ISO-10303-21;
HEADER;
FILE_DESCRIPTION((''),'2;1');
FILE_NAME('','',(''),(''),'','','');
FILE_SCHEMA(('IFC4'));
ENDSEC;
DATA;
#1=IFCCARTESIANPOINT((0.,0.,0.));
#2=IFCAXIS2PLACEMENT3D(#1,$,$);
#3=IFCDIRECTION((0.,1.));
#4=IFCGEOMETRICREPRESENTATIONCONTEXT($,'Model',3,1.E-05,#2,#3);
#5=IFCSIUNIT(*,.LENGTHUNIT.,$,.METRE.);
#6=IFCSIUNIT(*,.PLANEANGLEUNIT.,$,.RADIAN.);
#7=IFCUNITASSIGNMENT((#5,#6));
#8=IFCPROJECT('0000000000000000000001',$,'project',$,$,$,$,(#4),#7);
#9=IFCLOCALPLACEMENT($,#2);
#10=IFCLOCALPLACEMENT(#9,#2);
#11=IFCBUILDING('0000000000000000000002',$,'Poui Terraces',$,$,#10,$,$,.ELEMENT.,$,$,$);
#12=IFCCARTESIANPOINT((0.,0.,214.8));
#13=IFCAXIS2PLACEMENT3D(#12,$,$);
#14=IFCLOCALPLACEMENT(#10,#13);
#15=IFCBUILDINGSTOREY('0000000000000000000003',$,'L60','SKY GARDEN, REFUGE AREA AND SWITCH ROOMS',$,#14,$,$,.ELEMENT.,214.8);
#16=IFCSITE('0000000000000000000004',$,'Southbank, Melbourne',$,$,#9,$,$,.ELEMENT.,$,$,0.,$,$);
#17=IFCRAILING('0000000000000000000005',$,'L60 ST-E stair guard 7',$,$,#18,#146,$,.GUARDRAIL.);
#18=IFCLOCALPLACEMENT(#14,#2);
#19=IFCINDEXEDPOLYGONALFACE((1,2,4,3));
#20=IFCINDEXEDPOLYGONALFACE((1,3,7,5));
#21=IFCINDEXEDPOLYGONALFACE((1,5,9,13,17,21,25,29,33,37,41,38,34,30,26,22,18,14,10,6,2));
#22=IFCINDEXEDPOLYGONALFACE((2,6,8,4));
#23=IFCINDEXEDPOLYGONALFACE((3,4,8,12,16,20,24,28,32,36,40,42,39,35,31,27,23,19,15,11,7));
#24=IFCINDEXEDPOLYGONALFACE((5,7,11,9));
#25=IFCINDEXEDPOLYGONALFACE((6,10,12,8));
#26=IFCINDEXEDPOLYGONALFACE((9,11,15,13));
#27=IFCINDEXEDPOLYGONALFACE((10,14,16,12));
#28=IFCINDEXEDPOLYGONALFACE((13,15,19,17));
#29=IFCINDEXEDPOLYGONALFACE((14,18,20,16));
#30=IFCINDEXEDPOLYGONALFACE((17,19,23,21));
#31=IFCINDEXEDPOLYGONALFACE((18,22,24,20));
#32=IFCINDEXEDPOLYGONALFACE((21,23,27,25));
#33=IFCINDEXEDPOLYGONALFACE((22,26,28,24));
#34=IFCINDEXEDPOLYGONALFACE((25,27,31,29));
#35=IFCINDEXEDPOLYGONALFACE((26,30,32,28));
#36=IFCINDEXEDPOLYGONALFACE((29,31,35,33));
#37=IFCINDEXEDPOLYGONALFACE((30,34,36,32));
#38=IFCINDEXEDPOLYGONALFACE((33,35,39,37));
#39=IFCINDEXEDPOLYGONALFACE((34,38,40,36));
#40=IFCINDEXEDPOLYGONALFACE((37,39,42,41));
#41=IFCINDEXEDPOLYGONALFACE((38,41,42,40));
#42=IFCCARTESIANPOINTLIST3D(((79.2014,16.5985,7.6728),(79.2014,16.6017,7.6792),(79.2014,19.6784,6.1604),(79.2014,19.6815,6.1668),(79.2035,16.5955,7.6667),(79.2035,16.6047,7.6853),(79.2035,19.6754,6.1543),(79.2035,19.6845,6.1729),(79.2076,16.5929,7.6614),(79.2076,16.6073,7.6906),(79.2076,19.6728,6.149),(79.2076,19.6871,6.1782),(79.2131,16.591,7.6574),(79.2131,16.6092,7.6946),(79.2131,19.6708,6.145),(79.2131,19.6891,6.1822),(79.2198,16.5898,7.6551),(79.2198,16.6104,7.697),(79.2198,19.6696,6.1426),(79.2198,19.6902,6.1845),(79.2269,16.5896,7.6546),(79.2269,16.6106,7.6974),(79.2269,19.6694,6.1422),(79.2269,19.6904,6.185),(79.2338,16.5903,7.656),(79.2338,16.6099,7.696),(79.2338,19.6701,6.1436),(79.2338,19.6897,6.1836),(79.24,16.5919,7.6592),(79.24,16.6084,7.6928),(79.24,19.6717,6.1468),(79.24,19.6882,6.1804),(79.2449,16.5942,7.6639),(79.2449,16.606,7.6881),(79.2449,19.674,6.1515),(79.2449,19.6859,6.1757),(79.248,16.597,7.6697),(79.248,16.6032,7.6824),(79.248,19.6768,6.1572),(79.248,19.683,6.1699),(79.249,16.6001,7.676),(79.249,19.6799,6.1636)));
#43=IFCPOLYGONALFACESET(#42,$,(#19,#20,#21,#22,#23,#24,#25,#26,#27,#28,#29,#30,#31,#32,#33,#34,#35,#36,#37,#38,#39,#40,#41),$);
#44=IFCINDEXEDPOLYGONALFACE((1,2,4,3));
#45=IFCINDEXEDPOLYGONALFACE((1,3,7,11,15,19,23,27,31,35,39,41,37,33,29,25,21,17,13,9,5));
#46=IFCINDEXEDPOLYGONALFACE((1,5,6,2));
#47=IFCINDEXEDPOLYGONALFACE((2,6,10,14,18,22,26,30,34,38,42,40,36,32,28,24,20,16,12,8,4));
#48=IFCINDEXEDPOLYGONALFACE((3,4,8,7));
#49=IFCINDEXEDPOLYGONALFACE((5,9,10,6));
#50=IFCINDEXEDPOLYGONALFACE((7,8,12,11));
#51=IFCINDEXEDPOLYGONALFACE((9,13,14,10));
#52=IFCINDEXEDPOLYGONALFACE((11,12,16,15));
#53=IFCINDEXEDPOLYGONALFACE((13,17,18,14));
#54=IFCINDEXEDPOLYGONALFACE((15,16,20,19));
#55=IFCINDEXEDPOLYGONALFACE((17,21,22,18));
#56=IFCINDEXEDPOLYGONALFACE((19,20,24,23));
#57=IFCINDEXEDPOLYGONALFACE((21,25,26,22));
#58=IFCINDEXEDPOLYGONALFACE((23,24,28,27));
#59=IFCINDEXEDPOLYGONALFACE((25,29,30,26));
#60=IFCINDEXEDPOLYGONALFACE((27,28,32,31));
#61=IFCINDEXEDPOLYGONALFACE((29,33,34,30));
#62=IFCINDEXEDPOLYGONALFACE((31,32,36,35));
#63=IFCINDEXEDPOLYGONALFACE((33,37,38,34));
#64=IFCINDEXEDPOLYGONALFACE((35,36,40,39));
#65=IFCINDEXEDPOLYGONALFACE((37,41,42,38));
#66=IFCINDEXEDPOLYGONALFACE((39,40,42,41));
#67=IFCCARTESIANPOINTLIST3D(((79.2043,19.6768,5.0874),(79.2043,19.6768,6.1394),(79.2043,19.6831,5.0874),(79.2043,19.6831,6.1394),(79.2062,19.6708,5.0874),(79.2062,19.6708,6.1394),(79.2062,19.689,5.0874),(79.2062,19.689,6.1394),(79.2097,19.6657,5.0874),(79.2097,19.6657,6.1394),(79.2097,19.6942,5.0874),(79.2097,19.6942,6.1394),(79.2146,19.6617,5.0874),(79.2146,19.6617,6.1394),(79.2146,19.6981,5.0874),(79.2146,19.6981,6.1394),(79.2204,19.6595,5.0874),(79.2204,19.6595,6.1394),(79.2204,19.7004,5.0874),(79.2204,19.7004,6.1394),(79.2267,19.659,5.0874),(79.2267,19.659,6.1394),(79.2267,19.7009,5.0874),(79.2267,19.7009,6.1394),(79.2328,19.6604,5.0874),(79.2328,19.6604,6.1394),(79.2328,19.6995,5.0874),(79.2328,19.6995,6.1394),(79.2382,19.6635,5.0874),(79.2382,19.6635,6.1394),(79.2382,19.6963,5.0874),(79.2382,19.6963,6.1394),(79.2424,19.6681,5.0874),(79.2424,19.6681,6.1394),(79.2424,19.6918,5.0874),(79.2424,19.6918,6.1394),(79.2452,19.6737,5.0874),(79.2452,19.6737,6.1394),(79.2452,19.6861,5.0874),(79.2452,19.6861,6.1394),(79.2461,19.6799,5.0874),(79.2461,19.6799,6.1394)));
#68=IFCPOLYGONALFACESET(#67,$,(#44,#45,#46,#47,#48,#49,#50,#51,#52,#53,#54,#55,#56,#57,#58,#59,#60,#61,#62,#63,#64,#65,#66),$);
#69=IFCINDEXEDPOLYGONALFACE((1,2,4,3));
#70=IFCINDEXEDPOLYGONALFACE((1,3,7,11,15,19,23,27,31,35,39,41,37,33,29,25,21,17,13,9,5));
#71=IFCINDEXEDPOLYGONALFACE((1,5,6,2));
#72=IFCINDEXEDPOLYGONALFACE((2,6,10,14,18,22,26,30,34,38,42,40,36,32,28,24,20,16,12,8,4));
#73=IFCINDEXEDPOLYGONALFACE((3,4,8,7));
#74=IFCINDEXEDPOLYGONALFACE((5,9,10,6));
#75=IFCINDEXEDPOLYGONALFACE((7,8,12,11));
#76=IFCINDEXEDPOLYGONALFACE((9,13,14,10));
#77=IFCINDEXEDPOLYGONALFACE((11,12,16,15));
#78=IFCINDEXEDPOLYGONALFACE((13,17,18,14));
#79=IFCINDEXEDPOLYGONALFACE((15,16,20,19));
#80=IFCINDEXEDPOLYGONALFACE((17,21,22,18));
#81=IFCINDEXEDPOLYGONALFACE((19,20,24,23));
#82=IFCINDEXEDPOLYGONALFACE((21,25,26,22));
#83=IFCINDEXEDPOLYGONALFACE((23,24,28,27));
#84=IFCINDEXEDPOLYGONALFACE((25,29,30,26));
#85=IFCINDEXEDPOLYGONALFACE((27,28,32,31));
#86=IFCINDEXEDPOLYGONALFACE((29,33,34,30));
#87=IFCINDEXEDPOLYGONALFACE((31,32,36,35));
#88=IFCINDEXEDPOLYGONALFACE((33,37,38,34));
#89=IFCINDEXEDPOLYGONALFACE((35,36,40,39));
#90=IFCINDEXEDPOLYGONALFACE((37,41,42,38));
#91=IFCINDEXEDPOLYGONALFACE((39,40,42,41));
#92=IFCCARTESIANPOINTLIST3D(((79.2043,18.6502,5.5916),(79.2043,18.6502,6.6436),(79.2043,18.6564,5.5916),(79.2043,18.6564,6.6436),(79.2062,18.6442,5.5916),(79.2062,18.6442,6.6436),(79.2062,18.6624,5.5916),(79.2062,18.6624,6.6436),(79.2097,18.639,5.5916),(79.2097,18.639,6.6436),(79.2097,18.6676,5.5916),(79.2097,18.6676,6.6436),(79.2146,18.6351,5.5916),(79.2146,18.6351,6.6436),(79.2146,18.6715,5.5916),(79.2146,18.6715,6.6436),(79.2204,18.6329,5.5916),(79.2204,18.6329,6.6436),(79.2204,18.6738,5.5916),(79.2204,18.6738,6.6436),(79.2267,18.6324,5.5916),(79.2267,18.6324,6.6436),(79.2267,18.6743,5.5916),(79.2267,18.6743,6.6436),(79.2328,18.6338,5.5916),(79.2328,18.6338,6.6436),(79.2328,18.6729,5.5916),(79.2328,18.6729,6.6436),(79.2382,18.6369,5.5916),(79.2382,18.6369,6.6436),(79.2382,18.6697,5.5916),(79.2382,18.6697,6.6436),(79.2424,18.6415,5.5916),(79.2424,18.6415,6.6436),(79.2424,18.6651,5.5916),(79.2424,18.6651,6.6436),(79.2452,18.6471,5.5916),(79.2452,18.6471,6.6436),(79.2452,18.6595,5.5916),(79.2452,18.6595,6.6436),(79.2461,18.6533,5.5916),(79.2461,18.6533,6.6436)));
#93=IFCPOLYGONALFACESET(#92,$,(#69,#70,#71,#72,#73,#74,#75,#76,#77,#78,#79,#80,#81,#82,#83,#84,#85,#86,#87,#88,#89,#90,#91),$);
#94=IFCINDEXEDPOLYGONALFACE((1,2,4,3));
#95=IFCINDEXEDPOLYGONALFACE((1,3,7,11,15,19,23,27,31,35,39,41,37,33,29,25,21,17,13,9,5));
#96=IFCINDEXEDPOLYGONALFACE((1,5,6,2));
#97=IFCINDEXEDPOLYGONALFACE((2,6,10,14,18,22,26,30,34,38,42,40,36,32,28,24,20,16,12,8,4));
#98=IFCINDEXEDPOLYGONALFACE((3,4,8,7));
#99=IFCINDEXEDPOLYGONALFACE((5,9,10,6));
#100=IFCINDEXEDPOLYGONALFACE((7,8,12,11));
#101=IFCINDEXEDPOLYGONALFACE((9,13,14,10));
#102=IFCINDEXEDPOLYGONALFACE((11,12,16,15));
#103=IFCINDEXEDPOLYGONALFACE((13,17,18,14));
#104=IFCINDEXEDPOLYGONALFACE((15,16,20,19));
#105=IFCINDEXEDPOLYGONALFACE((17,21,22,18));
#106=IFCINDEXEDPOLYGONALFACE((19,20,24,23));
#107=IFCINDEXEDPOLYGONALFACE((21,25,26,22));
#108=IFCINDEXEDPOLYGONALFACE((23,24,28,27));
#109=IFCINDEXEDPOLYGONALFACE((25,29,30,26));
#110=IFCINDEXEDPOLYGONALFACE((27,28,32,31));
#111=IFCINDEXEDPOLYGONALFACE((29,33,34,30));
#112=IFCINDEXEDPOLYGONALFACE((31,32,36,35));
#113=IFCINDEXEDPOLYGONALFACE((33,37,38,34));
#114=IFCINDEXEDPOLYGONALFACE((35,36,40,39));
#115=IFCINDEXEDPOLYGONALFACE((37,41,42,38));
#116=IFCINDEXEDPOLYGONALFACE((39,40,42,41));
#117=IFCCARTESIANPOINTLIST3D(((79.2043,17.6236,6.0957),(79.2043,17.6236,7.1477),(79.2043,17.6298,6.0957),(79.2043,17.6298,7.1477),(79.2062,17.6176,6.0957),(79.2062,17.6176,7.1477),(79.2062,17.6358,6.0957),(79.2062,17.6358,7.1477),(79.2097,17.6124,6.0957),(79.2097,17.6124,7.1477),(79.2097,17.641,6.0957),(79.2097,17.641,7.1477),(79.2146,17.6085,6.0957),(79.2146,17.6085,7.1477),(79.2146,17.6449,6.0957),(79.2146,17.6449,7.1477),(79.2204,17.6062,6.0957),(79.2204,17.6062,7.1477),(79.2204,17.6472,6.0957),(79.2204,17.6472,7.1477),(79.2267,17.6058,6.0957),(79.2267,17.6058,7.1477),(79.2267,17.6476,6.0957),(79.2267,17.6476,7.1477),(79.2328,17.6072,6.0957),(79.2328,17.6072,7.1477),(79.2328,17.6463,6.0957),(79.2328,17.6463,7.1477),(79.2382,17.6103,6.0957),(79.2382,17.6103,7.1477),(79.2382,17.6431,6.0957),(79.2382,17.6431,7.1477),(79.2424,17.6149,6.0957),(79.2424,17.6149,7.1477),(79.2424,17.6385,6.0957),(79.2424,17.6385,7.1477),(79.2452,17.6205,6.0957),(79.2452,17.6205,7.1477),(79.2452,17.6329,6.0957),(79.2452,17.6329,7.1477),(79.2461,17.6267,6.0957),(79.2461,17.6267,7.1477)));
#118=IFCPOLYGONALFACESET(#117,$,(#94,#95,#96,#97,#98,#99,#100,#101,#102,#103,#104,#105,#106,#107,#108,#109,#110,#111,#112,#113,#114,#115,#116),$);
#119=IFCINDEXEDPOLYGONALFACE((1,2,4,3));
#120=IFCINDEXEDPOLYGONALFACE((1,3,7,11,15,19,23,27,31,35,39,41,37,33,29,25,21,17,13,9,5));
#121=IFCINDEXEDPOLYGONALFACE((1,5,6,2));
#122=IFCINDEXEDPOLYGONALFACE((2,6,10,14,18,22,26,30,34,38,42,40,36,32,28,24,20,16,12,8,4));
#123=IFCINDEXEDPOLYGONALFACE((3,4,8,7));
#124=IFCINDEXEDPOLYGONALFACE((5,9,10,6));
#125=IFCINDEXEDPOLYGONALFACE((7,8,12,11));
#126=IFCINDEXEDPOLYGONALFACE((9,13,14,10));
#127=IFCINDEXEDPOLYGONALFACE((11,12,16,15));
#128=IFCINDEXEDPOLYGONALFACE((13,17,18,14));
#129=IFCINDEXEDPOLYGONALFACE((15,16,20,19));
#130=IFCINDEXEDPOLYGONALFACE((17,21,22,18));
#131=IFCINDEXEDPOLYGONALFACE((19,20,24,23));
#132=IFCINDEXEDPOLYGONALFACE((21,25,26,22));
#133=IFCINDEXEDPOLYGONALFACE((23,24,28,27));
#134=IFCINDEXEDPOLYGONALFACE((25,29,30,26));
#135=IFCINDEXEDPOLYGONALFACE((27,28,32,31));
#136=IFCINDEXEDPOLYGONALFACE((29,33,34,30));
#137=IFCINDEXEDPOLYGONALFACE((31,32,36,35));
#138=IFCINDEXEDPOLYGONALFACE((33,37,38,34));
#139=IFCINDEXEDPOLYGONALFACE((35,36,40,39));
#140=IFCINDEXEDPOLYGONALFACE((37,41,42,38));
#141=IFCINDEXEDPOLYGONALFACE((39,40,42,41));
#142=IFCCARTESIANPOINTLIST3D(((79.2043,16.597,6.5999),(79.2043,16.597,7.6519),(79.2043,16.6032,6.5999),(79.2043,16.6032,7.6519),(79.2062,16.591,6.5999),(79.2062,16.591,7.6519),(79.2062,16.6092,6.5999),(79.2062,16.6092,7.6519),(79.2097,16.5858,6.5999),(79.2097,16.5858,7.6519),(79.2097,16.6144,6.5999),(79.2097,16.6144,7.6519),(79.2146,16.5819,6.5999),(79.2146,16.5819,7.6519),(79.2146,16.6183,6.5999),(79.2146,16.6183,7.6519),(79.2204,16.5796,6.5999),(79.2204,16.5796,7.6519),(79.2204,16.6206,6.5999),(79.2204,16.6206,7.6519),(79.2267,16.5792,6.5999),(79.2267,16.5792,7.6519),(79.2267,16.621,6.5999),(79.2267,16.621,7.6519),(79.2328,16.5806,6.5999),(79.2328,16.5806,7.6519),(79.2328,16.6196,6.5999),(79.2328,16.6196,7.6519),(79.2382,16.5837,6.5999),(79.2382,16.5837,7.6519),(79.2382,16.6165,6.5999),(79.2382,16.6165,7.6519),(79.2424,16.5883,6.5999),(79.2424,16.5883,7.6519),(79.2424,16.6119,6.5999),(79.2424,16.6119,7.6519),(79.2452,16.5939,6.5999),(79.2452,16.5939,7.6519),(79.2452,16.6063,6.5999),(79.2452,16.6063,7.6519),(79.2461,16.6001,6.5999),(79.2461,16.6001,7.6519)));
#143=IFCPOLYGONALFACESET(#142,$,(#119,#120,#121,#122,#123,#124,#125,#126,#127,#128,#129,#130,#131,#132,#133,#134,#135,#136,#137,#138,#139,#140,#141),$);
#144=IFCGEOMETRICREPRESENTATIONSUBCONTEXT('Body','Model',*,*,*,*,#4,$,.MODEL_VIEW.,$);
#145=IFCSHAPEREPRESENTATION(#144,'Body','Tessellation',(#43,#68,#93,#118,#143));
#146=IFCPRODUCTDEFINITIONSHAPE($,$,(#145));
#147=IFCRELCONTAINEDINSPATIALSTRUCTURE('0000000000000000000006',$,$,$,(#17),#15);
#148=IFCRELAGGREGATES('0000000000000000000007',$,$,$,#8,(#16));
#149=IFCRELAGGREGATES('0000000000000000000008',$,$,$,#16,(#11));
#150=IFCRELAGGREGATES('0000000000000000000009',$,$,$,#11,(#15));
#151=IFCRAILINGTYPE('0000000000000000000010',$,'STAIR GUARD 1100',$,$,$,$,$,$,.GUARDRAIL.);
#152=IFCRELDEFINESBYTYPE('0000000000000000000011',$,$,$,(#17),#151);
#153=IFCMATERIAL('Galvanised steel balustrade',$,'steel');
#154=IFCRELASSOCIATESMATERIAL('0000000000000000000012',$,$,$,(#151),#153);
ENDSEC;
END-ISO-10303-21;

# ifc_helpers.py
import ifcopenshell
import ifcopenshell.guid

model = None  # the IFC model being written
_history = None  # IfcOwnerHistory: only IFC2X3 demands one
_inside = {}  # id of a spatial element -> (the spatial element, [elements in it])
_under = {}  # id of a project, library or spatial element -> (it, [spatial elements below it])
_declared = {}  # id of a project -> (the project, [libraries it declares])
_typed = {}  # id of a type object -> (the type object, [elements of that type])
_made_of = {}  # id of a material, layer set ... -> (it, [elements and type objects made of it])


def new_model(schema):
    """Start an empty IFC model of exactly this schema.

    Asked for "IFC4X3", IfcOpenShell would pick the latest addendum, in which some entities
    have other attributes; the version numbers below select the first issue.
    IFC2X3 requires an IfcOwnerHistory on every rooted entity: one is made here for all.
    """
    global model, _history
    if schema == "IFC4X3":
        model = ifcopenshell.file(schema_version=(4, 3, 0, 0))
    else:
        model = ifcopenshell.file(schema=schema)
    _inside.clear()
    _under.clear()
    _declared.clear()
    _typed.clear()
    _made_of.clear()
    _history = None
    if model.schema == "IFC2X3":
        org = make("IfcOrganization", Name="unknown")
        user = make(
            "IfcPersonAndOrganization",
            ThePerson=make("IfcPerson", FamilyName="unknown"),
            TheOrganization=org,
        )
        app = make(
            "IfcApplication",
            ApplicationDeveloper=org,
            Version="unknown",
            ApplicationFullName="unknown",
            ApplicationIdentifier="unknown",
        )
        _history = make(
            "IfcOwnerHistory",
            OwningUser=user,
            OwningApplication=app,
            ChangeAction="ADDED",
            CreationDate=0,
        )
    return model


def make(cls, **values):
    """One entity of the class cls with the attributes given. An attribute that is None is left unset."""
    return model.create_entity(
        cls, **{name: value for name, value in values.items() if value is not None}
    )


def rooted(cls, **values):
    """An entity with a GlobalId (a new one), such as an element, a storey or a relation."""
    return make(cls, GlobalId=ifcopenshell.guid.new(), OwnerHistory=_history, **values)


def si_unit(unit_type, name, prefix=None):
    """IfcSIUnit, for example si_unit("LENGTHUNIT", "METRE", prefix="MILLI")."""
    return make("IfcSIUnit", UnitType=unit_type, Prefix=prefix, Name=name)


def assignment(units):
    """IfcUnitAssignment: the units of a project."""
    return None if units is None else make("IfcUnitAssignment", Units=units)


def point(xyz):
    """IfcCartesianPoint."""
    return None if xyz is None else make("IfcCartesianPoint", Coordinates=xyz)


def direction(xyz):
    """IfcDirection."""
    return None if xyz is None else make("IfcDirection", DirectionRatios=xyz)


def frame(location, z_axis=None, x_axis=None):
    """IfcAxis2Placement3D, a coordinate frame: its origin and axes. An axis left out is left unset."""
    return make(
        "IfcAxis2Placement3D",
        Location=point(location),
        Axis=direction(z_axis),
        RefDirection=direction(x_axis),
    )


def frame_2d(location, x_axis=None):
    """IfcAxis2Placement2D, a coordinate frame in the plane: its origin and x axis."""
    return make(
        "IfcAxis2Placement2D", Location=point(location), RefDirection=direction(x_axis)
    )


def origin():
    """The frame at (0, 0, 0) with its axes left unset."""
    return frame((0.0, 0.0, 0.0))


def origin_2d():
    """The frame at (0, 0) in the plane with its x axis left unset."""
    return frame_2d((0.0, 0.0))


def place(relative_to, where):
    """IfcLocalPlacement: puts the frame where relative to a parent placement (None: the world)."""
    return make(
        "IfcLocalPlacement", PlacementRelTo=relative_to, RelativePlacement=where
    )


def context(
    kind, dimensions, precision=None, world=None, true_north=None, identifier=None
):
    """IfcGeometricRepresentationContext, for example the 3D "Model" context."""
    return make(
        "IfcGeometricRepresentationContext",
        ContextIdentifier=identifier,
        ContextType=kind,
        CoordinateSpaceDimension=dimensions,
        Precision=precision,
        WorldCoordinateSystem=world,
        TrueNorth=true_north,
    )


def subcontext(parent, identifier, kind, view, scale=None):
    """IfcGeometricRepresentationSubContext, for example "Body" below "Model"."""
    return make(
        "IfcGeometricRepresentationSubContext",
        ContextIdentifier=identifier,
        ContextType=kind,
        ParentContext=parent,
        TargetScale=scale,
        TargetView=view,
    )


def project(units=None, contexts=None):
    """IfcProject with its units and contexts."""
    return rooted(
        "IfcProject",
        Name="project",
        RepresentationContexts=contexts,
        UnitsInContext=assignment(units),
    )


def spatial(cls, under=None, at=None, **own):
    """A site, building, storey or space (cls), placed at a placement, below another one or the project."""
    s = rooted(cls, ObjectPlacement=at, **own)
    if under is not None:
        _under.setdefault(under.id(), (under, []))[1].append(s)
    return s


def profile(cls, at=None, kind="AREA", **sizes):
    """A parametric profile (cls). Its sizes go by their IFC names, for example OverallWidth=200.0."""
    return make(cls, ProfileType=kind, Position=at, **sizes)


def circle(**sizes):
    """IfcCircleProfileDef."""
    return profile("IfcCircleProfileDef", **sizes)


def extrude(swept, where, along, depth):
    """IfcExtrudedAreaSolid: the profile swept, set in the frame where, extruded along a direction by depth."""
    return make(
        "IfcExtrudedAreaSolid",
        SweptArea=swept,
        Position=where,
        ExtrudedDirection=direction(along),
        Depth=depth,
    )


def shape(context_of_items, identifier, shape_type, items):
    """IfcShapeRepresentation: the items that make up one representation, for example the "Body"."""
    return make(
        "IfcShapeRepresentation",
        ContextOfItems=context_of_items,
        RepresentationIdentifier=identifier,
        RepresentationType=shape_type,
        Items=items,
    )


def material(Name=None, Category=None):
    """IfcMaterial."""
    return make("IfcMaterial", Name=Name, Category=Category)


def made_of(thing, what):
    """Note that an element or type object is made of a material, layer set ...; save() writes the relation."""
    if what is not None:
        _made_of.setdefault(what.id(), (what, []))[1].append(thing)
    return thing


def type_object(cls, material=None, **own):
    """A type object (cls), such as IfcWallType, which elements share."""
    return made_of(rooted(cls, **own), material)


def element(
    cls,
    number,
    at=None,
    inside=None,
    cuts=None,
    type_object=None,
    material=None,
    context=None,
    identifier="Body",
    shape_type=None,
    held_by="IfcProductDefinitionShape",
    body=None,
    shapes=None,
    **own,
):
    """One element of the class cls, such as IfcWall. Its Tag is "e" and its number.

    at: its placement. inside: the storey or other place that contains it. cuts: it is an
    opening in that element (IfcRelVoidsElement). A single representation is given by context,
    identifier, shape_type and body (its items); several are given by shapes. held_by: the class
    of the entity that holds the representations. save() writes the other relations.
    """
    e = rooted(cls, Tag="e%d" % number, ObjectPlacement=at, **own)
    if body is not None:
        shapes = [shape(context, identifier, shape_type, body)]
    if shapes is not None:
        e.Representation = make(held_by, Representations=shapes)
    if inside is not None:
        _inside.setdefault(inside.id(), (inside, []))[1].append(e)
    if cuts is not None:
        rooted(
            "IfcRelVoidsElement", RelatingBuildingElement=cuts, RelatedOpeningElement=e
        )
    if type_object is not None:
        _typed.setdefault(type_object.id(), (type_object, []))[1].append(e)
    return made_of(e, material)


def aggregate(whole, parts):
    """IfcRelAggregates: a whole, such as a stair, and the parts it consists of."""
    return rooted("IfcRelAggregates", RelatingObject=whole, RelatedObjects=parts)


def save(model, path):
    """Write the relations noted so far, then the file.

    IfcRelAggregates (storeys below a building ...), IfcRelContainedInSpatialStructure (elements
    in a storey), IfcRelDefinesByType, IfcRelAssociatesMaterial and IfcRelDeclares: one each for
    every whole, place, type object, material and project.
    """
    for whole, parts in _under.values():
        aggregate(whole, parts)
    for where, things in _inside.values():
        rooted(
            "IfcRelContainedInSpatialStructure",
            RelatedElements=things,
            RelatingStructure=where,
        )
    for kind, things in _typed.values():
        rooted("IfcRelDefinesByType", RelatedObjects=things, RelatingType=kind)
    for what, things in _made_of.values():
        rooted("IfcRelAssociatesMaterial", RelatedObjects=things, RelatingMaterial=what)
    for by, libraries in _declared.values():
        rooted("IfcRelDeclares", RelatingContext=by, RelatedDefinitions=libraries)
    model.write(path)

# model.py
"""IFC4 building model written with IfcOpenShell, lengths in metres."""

from ifc_helpers import new_model, si_unit, direction, frame, origin, origin_2d, place, context, subcontext, project, spatial, circle, extrude, material, type_object, element, save


model = new_model("IFC4")

# Units and contexts
model_context = context("Model", 3, precision=1e-05, world=origin(), true_north=direction((0.0, 1.0)))
body_context = subcontext(model_context, "Body", "Model", "MODEL_VIEW")
ifc_project = project(units=[si_unit("LENGTHUNIT", "METRE"), si_unit("PLANEANGLEUNIT", "RADIAN")], contexts=[model_context])

# Site, building, storey
site_placement = place(None, origin())
site = spatial("IfcSite", under=ifc_project, at=site_placement, Name="Southbank, Melbourne", CompositionType="ELEMENT", RefElevation=0.0)
building_placement = place(site_placement, origin())
building = spatial("IfcBuilding", under=site, at=building_placement, Name="Poui Terraces", CompositionType="ELEMENT")
storey_placement = place(building_placement, frame((0.0, 0.0, 214.8)))
storey = spatial("IfcBuildingStorey", under=building, at=storey_placement, Name="L60", Description="SKY GARDEN, REFUGE AREA AND SWITCH ROOMS", CompositionType="ELEMENT", Elevation=214.8)

# Railing
ifc_material_1 = material(Name="Galvanised steel balustrade", Category="steel")
railing_type_1 = type_object("IfcRailingType", Name="STAIR GUARD 1100", PredefinedType="GUARDRAIL", material=ifc_material_1)
railing_1_placement = place(storey_placement, frame((79.2251, 19.6799, 5.0874)))
element("IfcRailing", 1, at=railing_1_placement, inside=storey, type_object=railing_type_1, Name="L60 ST-E stair guard 7", PredefinedType="GUARDRAIL", context=body_context, shape_type="SweptSolid", body=[
    extrude(circle(Radius=0.0239, at=origin_2d()), frame((0.0, 0.0, 1.0762), z_axis=(0.0, -0.897606, 0.440798), x_axis=(1.0, 0.0, 0.0)), (0.0, 0.0, 1.0), 3.4312),
    extrude(circle(Radius=0.021, at=origin_2d()), origin(), (0.0, 0.0, 1.0), 1.052),
    extrude(circle(Radius=0.021, at=origin_2d()), frame((0.0, -1.0266, 0.5042)), (0.0, 0.0, 1.0), 1.052),
    extrude(circle(Radius=0.021, at=origin_2d()), frame((0.0, -2.0532, 1.0083)), (0.0, 0.0, 1.0), 1.052),
    extrude(circle(Radius=0.021, at=origin_2d()), frame((0.0, -3.0798, 1.5125)), (0.0, 0.0, 1.0), 1.052),
])

save(model, "model.ifc")
